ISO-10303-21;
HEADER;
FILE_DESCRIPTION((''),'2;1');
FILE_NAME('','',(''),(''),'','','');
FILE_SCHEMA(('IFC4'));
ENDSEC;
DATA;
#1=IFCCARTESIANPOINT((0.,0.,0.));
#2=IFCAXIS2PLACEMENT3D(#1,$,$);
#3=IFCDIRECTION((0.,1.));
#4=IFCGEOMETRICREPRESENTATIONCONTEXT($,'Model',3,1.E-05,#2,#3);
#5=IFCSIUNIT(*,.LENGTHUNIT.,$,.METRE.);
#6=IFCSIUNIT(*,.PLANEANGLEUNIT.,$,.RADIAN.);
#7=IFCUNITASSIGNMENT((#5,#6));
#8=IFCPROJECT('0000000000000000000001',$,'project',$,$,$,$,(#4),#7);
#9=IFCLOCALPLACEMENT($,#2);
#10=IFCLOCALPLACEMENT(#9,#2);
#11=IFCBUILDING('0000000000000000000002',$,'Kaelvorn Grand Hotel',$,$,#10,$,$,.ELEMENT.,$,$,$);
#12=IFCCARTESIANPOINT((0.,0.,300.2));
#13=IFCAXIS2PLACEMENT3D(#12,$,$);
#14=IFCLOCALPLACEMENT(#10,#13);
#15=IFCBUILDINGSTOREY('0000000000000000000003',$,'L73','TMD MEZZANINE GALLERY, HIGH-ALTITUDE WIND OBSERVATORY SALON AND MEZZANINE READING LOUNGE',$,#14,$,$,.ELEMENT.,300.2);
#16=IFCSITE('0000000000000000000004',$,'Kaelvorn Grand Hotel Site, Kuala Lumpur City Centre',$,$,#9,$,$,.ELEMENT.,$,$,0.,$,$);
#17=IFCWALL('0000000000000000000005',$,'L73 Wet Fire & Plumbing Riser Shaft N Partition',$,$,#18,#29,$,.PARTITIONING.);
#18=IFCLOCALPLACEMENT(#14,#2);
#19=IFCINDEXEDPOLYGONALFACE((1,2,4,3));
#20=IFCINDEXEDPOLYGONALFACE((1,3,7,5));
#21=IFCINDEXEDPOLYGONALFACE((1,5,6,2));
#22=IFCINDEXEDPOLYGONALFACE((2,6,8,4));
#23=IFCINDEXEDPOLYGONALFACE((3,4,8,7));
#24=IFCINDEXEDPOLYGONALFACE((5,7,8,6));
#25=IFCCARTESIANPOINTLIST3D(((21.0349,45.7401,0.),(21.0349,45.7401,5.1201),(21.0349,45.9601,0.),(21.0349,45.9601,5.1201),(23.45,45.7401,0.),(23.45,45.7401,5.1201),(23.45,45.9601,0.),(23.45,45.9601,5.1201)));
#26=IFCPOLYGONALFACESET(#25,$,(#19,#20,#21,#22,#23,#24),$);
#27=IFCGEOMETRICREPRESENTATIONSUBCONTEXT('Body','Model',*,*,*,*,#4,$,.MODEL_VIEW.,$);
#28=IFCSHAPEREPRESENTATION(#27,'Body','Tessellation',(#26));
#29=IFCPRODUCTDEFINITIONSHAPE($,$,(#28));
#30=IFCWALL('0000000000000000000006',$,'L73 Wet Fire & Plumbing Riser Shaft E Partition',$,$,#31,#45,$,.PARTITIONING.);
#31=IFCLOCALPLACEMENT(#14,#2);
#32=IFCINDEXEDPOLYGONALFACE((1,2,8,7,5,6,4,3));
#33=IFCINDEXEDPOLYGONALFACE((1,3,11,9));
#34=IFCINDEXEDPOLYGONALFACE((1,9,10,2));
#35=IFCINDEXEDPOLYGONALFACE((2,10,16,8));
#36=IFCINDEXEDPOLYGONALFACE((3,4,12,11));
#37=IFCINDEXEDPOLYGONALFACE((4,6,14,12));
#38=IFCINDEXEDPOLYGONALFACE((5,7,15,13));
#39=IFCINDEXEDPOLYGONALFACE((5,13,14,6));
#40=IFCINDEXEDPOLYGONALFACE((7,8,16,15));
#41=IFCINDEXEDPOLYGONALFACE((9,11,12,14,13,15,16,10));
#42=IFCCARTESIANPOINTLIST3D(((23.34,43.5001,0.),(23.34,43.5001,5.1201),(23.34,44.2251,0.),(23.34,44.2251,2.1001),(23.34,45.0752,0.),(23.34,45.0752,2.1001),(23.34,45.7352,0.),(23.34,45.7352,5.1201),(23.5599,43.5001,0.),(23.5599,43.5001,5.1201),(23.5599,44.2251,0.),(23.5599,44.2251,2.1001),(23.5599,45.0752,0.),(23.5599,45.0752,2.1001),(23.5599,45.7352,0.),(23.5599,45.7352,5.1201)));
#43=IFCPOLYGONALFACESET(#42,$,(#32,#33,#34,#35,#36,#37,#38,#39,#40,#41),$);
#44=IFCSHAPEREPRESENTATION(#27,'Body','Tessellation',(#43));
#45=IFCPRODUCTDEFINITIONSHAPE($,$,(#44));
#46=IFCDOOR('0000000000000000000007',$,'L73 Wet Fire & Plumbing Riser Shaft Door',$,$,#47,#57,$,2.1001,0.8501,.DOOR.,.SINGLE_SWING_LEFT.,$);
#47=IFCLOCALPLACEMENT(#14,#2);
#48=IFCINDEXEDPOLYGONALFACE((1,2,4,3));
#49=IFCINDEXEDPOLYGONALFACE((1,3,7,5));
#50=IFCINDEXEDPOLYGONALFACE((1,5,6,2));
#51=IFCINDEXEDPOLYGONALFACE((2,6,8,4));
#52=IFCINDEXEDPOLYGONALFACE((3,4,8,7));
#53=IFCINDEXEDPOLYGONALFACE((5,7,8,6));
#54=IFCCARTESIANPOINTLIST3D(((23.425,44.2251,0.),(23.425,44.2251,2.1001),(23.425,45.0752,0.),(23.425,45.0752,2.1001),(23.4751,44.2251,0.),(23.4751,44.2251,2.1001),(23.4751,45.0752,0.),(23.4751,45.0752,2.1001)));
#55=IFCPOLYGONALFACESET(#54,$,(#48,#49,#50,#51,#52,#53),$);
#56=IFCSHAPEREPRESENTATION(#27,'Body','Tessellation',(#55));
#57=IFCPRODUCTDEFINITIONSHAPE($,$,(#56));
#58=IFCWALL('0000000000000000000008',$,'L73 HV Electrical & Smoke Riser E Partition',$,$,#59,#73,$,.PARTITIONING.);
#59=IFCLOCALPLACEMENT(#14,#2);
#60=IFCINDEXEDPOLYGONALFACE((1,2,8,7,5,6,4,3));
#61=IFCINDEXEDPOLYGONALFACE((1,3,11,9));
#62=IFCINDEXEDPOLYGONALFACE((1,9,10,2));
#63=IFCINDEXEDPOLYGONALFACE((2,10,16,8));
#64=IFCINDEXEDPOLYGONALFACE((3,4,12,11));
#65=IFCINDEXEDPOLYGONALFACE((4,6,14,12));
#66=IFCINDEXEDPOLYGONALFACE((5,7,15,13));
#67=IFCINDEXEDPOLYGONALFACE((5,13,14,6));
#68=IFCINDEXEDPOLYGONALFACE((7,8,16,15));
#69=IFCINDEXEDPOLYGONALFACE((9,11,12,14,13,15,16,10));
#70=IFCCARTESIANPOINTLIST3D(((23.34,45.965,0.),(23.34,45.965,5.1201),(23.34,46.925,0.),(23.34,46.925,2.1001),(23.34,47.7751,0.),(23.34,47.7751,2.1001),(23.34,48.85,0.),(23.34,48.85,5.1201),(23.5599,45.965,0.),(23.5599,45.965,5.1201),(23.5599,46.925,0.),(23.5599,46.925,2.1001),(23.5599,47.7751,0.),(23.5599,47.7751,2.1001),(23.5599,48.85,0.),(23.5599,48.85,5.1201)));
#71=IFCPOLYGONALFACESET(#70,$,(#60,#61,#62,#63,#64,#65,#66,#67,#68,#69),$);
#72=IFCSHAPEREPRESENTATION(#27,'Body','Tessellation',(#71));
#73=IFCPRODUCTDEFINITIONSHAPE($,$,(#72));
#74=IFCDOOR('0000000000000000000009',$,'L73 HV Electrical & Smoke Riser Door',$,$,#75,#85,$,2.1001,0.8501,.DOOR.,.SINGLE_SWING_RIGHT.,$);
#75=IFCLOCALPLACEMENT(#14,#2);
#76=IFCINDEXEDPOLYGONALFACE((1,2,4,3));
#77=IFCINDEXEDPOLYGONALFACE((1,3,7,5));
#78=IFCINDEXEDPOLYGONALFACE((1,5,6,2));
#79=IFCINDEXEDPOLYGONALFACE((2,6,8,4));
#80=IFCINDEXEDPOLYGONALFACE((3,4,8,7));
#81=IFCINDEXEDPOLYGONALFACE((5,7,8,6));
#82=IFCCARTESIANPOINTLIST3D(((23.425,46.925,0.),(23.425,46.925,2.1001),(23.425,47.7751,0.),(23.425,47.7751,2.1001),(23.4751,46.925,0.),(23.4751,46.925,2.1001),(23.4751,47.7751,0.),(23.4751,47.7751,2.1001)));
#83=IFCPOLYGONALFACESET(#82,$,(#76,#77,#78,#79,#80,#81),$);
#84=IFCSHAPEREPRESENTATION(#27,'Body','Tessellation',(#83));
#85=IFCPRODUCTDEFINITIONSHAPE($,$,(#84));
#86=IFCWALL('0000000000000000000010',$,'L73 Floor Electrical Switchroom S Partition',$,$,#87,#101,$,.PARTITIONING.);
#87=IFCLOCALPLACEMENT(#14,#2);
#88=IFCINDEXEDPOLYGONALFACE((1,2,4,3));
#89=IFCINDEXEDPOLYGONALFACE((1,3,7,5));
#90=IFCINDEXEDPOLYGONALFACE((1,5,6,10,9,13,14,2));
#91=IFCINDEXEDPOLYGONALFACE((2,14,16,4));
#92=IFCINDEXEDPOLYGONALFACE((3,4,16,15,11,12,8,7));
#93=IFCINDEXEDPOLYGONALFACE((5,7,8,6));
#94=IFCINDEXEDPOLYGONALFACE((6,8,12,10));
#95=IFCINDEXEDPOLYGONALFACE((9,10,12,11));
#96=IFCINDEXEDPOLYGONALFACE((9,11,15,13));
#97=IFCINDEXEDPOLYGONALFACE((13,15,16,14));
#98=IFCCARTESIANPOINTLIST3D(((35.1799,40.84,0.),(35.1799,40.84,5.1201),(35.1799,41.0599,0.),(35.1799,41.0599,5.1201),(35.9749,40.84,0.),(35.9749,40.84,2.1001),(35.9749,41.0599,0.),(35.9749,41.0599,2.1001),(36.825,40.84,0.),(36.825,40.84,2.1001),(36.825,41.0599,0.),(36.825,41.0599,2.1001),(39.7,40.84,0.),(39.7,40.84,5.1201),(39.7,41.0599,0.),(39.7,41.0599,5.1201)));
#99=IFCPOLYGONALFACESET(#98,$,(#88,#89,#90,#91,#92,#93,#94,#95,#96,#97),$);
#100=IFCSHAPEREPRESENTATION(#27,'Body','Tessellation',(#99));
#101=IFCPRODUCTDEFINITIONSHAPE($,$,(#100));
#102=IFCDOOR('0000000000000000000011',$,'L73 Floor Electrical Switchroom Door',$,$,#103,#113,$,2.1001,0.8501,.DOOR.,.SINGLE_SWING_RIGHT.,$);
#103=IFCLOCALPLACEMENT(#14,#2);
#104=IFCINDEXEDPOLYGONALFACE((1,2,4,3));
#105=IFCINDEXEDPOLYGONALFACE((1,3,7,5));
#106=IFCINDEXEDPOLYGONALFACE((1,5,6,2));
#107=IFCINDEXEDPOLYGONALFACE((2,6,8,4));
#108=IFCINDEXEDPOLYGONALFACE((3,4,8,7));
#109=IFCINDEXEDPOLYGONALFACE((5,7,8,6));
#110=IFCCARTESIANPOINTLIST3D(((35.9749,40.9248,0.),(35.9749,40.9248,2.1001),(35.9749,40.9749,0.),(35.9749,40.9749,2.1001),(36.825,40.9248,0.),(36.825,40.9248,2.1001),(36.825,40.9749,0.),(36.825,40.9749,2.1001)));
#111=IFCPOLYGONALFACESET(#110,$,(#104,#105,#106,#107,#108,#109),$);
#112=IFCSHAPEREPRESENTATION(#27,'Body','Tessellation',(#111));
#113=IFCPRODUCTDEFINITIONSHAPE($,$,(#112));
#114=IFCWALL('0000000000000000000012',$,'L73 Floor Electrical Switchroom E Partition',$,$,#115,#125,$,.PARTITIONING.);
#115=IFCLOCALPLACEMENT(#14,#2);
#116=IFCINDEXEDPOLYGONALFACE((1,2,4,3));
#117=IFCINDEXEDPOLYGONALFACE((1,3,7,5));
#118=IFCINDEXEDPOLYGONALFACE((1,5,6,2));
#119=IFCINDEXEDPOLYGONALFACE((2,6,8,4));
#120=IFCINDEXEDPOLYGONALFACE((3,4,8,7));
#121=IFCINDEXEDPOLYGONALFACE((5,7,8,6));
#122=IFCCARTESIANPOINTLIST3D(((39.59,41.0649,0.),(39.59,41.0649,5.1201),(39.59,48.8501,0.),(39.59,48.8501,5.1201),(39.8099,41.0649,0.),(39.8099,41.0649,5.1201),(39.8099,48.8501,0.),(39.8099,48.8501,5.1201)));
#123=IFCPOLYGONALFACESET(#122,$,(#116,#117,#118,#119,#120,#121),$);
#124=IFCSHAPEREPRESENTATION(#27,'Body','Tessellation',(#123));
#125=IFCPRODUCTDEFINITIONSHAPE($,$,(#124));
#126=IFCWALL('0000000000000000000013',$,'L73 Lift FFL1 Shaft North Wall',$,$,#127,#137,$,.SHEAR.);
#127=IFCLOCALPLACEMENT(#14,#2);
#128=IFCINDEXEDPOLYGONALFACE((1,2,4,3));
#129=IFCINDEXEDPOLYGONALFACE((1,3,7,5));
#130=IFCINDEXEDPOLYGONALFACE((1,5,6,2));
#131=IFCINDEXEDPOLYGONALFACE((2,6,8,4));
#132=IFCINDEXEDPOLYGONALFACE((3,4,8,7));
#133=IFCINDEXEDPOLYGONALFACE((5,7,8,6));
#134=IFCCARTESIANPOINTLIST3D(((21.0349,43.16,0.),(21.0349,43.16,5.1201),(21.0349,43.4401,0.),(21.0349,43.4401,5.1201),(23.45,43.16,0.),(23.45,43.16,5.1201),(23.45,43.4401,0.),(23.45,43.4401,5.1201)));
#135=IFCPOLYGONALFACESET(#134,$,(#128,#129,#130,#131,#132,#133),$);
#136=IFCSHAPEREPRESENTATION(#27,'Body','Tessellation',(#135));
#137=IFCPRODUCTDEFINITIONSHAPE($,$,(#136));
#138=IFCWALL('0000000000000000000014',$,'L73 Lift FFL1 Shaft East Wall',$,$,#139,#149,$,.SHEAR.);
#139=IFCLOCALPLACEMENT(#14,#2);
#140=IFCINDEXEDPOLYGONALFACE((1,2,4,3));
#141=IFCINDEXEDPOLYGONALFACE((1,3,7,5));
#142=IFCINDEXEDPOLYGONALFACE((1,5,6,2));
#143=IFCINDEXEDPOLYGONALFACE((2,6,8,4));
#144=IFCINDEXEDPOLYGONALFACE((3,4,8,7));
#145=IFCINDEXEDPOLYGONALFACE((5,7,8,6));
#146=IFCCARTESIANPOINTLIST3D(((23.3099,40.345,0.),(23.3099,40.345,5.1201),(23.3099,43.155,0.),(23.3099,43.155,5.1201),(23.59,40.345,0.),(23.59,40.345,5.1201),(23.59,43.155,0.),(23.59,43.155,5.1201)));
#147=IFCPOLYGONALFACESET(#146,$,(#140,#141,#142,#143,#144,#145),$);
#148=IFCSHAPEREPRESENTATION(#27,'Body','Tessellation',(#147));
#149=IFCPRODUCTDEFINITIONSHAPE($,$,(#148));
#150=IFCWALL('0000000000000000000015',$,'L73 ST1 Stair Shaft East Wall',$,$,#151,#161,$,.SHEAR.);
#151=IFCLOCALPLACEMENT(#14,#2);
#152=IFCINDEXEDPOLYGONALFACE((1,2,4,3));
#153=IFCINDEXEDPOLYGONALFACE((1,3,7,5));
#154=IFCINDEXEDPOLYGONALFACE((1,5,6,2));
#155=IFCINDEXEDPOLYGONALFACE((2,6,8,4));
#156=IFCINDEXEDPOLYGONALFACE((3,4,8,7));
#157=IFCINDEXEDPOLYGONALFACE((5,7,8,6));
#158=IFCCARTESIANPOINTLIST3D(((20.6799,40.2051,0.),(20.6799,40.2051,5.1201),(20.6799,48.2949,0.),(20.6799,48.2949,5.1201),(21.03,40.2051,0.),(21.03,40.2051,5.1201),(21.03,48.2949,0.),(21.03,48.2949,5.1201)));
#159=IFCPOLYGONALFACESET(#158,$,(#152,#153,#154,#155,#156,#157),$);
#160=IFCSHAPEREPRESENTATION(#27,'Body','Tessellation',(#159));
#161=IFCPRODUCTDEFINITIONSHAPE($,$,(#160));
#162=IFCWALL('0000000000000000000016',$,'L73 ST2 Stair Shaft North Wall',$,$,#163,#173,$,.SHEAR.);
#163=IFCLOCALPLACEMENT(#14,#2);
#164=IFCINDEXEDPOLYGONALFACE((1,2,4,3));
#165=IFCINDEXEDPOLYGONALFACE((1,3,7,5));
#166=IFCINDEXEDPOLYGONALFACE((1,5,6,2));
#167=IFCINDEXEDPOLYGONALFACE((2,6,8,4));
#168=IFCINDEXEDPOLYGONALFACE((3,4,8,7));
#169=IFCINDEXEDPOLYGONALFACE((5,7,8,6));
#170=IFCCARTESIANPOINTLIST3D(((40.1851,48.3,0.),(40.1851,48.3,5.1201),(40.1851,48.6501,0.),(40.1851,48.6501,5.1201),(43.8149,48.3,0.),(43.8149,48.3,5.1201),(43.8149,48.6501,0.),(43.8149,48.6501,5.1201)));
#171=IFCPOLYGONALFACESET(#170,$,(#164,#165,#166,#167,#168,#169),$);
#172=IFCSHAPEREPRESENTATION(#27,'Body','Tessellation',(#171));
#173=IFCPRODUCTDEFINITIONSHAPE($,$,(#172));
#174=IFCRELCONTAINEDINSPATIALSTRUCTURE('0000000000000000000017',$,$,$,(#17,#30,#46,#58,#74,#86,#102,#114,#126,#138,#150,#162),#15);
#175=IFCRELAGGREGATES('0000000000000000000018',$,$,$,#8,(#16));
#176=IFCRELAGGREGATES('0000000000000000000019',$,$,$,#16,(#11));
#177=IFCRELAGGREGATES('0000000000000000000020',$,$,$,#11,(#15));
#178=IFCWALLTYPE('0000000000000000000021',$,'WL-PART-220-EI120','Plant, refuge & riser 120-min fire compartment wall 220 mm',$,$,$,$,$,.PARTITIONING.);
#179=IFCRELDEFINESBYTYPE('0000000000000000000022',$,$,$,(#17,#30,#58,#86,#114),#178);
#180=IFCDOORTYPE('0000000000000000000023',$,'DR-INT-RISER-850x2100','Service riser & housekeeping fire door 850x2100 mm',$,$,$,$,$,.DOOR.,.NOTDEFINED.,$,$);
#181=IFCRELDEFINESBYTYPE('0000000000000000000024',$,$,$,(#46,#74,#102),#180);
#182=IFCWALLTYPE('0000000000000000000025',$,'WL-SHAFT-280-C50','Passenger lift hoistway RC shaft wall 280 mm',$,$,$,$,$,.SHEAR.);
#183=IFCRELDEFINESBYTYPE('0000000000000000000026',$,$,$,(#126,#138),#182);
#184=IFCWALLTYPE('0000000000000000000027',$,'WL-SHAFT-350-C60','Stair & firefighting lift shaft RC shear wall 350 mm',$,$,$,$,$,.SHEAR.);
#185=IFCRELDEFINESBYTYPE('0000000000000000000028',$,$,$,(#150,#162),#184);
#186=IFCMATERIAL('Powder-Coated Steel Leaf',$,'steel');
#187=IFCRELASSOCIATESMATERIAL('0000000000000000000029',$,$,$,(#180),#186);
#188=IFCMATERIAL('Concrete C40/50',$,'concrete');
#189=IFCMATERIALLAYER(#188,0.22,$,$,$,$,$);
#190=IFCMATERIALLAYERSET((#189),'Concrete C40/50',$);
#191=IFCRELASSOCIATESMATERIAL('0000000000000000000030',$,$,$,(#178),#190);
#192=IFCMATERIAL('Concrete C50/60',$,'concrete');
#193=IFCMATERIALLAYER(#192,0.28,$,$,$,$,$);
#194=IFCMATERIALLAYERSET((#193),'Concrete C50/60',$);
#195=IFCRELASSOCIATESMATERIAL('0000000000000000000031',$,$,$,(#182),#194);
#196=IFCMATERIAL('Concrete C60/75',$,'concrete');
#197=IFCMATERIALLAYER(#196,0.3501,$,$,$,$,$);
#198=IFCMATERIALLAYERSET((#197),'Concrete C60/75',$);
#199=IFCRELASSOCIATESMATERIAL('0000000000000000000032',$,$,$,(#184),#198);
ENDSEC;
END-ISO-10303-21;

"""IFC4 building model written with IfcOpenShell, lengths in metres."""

from ifc_helpers import new_model, si_unit, direction, frame, frame_2d, origin, place, context, subcontext, project, spatial, rectangle, extrude, material, layer, layer_set, type_object, element, fill, save


model = new_model("IFC4")

# Units and contexts
model_context = context("Model", 3, precision=1e-05, world=origin(), true_north=direction((0.0, 1.0)))
body_context = subcontext(model_context, "Body", "Model", "MODEL_VIEW")
ifc_project = project(units=[si_unit("LENGTHUNIT", "METRE"), si_unit("PLANEANGLEUNIT", "RADIAN")], contexts=[model_context])

# Site, building, storey
site_placement = place(None, origin())
site = spatial("IfcSite", under=ifc_project, at=site_placement, Name="Kaelvorn Grand Hotel Site, Kuala Lumpur City Centre", CompositionType="ELEMENT", RefElevation=0.0)
building_placement = place(site_placement, origin())
building = spatial("IfcBuilding", under=site, at=building_placement, Name="Kaelvorn Grand Hotel", CompositionType="ELEMENT")
storey_placement = place(building_placement, frame((0.0, 0.0, 300.2)))
storey = spatial("IfcBuildingStorey", under=building, at=storey_placement, Name="L73", Description="TMD MEZZANINE GALLERY, HIGH-ALTITUDE WIND OBSERVATORY SALON AND MEZZANINE READING LOUNGE", CompositionType="ELEMENT", Elevation=300.2)

# Shared definitions
ifc_material_1 = material(Name="Concrete C50/60", Category="concrete")

# Shared definitions
ifc_material_2 = material(Name="Powder-Coated Steel Leaf", Category="steel")
door_type_1 = type_object("IfcDoorType", Name="DR-INT-RISER-850x2100", Description="Service riser & housekeeping fire door 850x2100 mm", OperationType="NOTDEFINED", PredefinedType="DOOR", material=ifc_material_2)

# Wall
ifc_material_3 = material(Name="Concrete C40/50", Category="concrete")
ifc_layer_1 = layer(ifc_material_3, 0.22)
ifc_layer_set_1 = layer_set([ifc_layer_1], Name="Concrete C40/50")
wall_type_1 = type_object("IfcWallType", Name="WL-PART-220-EI120", Description="Plant, refuge & riser 120-min fire compartment wall 220 mm", PredefinedType="PARTITIONING", material=ifc_layer_set_1)
wall_1_placement = place(storey_placement, frame((21.0349, 45.8501, 0.0), z_axis=(0.0, 0.0, 1.0), x_axis=(1.0, 0.0, 0.0)))
element("IfcWall", 1, at=wall_1_placement, inside=storey, type_object=wall_type_1, Name="L73 Wet Fire & Plumbing Riser Shaft N Partition", PredefinedType="PARTITIONING", context=body_context, shape_type="SweptSolid", body=[
    extrude(rectangle(XDim=2.415, YDim=0.22, at=frame_2d((1.2075, 0.0))), origin(), (0.0, 0.0, 1.0), 5.1201),
])

# Walls, openings, doors
wall_2_placement = place(storey_placement, frame((23.45, 43.5, 0.0), z_axis=(0.0, 0.0, 1.0), x_axis=(0.0, 1.0, 0.0)))
wall_2 = element("IfcWall", 2, at=wall_2_placement, inside=storey, type_object=wall_type_1, Name="L73 Wet Fire & Plumbing Riser Shaft E Partition", PredefinedType="PARTITIONING", context=body_context, shape_type="SweptSolid", body=[
    extrude(rectangle(XDim=2.2351, YDim=0.22, at=frame_2d((1.1177, 0.0))), origin(), (0.0, 0.0, 1.0), 5.1201),
])
opening_1_placement = place(wall_2_placement, frame((0.7251, 0.0, 0.0)))
opening_1 = element("IfcOpeningElement", 3, at=opening_1_placement, cuts=wall_2, PredefinedType="OPENING", context=body_context, shape_type="SweptSolid", body=[
    extrude(rectangle(XDim=0.8501, YDim=2.1001, at=frame_2d((0.425, 1.05))), frame((0.0, 0.1201, 0.0), z_axis=(0.0, -1.0, 0.0), x_axis=(1.0, 0.0, 0.0)), (0.0, 0.0, 1.0), 0.24),
])
door_1_placement = place(opening_1_placement, origin())
door_1 = element("IfcDoor", 4, at=door_1_placement, inside=storey, type_object=door_type_1, Name="L73 Wet Fire & Plumbing Riser Shaft Door", OperationType="SINGLE_SWING_LEFT", OverallHeight=2.1001, OverallWidth=0.8501, PredefinedType="DOOR", context=body_context, shape_type="SweptSolid", body=[
    extrude(rectangle(XDim=0.8501, YDim=2.1001, at=frame_2d((0.425, 1.05))), frame((0.0, 0.0249, 0.0), z_axis=(0.0, -1.0, 0.0), x_axis=(1.0, 0.0, 0.0)), (0.0, 0.0, 1.0), 0.05),
])
fill(opening_1, door_1)
wall_3_placement = place(storey_placement, frame((23.45, 45.9651, 0.0), z_axis=(0.0, 0.0, 1.0), x_axis=(0.0, 1.0, 0.0)))
wall_3 = element("IfcWall", 5, at=wall_3_placement, inside=storey, type_object=wall_type_1, Name="L73 HV Electrical & Smoke Riser E Partition", PredefinedType="PARTITIONING", context=body_context, shape_type="SweptSolid", body=[
    extrude(rectangle(XDim=2.885, YDim=0.22, at=frame_2d((1.4424, 0.0))), origin(), (0.0, 0.0, 1.0), 5.1201),
])
opening_2_placement = place(wall_3_placement, frame((0.96, 0.0, 0.0)))
opening_2 = element("IfcOpeningElement", 6, at=opening_2_placement, cuts=wall_3, PredefinedType="OPENING", context=body_context, shape_type="SweptSolid", body=[
    extrude(rectangle(XDim=0.8501, YDim=2.1001, at=frame_2d((0.425, 1.05))), frame((0.0, 0.1201, 0.0), z_axis=(0.0, -1.0, 0.0), x_axis=(1.0, 0.0, 0.0)), (0.0, 0.0, 1.0), 0.24),
])
door_2_placement = place(opening_2_placement, origin())
door_2 = element("IfcDoor", 7, at=door_2_placement, inside=storey, type_object=door_type_1, Name="L73 HV Electrical & Smoke Riser Door", OperationType="SINGLE_SWING_RIGHT", OverallHeight=2.1001, OverallWidth=0.8501, PredefinedType="DOOR", context=body_context, shape_type="SweptSolid", body=[
    extrude(rectangle(XDim=0.8501, YDim=2.1001, at=frame_2d((0.425, 1.05))), frame((0.0, 0.0249, 0.0), z_axis=(0.0, -1.0, 0.0), x_axis=(1.0, 0.0, 0.0)), (0.0, 0.0, 1.0), 0.05),
])
fill(opening_2, door_2)
wall_4_placement = place(storey_placement, frame((35.1799, 40.95, 0.0), z_axis=(0.0, 0.0, 1.0), x_axis=(1.0, 0.0, 0.0)))
wall_4 = element("IfcWall", 8, at=wall_4_placement, inside=storey, type_object=wall_type_1, Name="L73 Floor Electrical Switchroom S Partition", PredefinedType="PARTITIONING", context=body_context, shape_type="SweptSolid", body=[
    extrude(rectangle(XDim=4.52, YDim=0.22, at=frame_2d((2.26, 0.0))), origin(), (0.0, 0.0, 1.0), 5.1201),
])
opening_3_placement = place(wall_4_placement, frame((0.7949, 0.0, 0.0)))
opening_3 = element("IfcOpeningElement", 9, at=opening_3_placement, cuts=wall_4, PredefinedType="OPENING", context=body_context, shape_type="SweptSolid", body=[
    extrude(rectangle(XDim=0.8501, YDim=2.1001, at=frame_2d((0.425, 1.05))), frame((0.0, 0.1201, 0.0), z_axis=(0.0, -1.0, 0.0), x_axis=(1.0, 0.0, 0.0)), (0.0, 0.0, 1.0), 0.24),
])
door_3_placement = place(opening_3_placement, origin())
door_3 = element("IfcDoor", 10, at=door_3_placement, inside=storey, type_object=door_type_1, Name="L73 Floor Electrical Switchroom Door", OperationType="SINGLE_SWING_RIGHT", OverallHeight=2.1001, OverallWidth=0.8501, PredefinedType="DOOR", context=body_context, shape_type="SweptSolid", body=[
    extrude(rectangle(XDim=0.8501, YDim=2.1001, at=frame_2d((0.425, 1.05))), frame((0.0, 0.0249, 0.0), z_axis=(0.0, -1.0, 0.0), x_axis=(1.0, 0.0, 0.0)), (0.0, 0.0, 1.0), 0.05),
])
fill(opening_3, door_3)

# Walls
wall_5_placement = place(storey_placement, frame((39.7, 41.0649, 0.0), z_axis=(0.0, 0.0, 1.0), x_axis=(0.0, 1.0, 0.0)))
element("IfcWall", 11, at=wall_5_placement, inside=storey, type_object=wall_type_1, Name="L73 Floor Electrical Switchroom E Partition", PredefinedType="PARTITIONING", context=body_context, shape_type="SweptSolid", body=[
    extrude(rectangle(XDim=7.7852, YDim=0.22, at=frame_2d((3.8926, 0.0))), origin(), (0.0, 0.0, 1.0), 5.1201),
])
ifc_layer_2 = layer(ifc_material_1, 0.28)
ifc_layer_set_2 = layer_set([ifc_layer_2], Name="Concrete C50/60")
wall_type_2 = type_object("IfcWallType", Name="WL-SHAFT-280-C50", Description="Passenger lift hoistway RC shaft wall 280 mm", PredefinedType="SHEAR", material=ifc_layer_set_2)
wall_6_placement = place(storey_placement, frame((21.0349, 43.3, 0.0), z_axis=(0.0, 0.0, 1.0), x_axis=(1.0, 0.0, 0.0)))
element("IfcWall", 12, at=wall_6_placement, inside=storey, type_object=wall_type_2, Name="L73 Lift FFL1 Shaft North Wall", PredefinedType="SHEAR", context=body_context, shape_type="SweptSolid", body=[
    extrude(rectangle(XDim=2.415, YDim=0.28, at=frame_2d((1.2075, 0.0))), origin(), (0.0, 0.0, 1.0), 5.1201),
])
wall_7_placement = place(storey_placement, frame((23.45, 40.345, 0.0), z_axis=(0.0, 0.0, 1.0), x_axis=(0.0, 1.0, 0.0)))
element("IfcWall", 13, at=wall_7_placement, inside=storey, type_object=wall_type_2, Name="L73 Lift FFL1 Shaft East Wall", PredefinedType="SHEAR", context=body_context, shape_type="SweptSolid", body=[
    extrude(rectangle(XDim=2.8101, YDim=0.28, at=frame_2d((1.405, 0.0))), origin(), (0.0, 0.0, 1.0), 5.1201),
])
ifc_material_4 = material(Name="Concrete C60/75", Category="concrete")
ifc_layer_3 = layer(ifc_material_4, 0.3501)
ifc_layer_set_3 = layer_set([ifc_layer_3], Name="Concrete C60/75")
wall_type_3 = type_object("IfcWallType", Name="WL-SHAFT-350-C60", Description="Stair & firefighting lift shaft RC shear wall 350 mm", PredefinedType="SHEAR", material=ifc_layer_set_3)
wall_8_placement = place(storey_placement, frame((20.855, 40.2051, 0.0), z_axis=(0.0, 0.0, 1.0), x_axis=(0.0, 1.0, 0.0)))
element("IfcWall", 14, at=wall_8_placement, inside=storey, type_object=wall_type_3, Name="L73 ST1 Stair Shaft East Wall", PredefinedType="SHEAR", context=body_context, shape_type="SweptSolid", body=[
    extrude(rectangle(XDim=8.0898, YDim=0.3501, at=frame_2d((4.0449, 0.0))), origin(), (0.0, 0.0, 1.0), 5.1201),
])
wall_9_placement = place(storey_placement, frame((40.1851, 48.4751, 0.0), z_axis=(0.0, 0.0, 1.0), x_axis=(1.0, 0.0, 0.0)))
element("IfcWall", 15, at=wall_9_placement, inside=storey, type_object=wall_type_3, Name="L73 ST2 Stair Shaft North Wall", PredefinedType="SHEAR", context=body_context, shape_type="SweptSolid", body=[
    extrude(rectangle(XDim=3.6299, YDim=0.3501, at=frame_2d((1.8149, 0.0))), origin(), (0.0, 0.0, 1.0), 5.1201),
])

save(model, "model.ifc")
